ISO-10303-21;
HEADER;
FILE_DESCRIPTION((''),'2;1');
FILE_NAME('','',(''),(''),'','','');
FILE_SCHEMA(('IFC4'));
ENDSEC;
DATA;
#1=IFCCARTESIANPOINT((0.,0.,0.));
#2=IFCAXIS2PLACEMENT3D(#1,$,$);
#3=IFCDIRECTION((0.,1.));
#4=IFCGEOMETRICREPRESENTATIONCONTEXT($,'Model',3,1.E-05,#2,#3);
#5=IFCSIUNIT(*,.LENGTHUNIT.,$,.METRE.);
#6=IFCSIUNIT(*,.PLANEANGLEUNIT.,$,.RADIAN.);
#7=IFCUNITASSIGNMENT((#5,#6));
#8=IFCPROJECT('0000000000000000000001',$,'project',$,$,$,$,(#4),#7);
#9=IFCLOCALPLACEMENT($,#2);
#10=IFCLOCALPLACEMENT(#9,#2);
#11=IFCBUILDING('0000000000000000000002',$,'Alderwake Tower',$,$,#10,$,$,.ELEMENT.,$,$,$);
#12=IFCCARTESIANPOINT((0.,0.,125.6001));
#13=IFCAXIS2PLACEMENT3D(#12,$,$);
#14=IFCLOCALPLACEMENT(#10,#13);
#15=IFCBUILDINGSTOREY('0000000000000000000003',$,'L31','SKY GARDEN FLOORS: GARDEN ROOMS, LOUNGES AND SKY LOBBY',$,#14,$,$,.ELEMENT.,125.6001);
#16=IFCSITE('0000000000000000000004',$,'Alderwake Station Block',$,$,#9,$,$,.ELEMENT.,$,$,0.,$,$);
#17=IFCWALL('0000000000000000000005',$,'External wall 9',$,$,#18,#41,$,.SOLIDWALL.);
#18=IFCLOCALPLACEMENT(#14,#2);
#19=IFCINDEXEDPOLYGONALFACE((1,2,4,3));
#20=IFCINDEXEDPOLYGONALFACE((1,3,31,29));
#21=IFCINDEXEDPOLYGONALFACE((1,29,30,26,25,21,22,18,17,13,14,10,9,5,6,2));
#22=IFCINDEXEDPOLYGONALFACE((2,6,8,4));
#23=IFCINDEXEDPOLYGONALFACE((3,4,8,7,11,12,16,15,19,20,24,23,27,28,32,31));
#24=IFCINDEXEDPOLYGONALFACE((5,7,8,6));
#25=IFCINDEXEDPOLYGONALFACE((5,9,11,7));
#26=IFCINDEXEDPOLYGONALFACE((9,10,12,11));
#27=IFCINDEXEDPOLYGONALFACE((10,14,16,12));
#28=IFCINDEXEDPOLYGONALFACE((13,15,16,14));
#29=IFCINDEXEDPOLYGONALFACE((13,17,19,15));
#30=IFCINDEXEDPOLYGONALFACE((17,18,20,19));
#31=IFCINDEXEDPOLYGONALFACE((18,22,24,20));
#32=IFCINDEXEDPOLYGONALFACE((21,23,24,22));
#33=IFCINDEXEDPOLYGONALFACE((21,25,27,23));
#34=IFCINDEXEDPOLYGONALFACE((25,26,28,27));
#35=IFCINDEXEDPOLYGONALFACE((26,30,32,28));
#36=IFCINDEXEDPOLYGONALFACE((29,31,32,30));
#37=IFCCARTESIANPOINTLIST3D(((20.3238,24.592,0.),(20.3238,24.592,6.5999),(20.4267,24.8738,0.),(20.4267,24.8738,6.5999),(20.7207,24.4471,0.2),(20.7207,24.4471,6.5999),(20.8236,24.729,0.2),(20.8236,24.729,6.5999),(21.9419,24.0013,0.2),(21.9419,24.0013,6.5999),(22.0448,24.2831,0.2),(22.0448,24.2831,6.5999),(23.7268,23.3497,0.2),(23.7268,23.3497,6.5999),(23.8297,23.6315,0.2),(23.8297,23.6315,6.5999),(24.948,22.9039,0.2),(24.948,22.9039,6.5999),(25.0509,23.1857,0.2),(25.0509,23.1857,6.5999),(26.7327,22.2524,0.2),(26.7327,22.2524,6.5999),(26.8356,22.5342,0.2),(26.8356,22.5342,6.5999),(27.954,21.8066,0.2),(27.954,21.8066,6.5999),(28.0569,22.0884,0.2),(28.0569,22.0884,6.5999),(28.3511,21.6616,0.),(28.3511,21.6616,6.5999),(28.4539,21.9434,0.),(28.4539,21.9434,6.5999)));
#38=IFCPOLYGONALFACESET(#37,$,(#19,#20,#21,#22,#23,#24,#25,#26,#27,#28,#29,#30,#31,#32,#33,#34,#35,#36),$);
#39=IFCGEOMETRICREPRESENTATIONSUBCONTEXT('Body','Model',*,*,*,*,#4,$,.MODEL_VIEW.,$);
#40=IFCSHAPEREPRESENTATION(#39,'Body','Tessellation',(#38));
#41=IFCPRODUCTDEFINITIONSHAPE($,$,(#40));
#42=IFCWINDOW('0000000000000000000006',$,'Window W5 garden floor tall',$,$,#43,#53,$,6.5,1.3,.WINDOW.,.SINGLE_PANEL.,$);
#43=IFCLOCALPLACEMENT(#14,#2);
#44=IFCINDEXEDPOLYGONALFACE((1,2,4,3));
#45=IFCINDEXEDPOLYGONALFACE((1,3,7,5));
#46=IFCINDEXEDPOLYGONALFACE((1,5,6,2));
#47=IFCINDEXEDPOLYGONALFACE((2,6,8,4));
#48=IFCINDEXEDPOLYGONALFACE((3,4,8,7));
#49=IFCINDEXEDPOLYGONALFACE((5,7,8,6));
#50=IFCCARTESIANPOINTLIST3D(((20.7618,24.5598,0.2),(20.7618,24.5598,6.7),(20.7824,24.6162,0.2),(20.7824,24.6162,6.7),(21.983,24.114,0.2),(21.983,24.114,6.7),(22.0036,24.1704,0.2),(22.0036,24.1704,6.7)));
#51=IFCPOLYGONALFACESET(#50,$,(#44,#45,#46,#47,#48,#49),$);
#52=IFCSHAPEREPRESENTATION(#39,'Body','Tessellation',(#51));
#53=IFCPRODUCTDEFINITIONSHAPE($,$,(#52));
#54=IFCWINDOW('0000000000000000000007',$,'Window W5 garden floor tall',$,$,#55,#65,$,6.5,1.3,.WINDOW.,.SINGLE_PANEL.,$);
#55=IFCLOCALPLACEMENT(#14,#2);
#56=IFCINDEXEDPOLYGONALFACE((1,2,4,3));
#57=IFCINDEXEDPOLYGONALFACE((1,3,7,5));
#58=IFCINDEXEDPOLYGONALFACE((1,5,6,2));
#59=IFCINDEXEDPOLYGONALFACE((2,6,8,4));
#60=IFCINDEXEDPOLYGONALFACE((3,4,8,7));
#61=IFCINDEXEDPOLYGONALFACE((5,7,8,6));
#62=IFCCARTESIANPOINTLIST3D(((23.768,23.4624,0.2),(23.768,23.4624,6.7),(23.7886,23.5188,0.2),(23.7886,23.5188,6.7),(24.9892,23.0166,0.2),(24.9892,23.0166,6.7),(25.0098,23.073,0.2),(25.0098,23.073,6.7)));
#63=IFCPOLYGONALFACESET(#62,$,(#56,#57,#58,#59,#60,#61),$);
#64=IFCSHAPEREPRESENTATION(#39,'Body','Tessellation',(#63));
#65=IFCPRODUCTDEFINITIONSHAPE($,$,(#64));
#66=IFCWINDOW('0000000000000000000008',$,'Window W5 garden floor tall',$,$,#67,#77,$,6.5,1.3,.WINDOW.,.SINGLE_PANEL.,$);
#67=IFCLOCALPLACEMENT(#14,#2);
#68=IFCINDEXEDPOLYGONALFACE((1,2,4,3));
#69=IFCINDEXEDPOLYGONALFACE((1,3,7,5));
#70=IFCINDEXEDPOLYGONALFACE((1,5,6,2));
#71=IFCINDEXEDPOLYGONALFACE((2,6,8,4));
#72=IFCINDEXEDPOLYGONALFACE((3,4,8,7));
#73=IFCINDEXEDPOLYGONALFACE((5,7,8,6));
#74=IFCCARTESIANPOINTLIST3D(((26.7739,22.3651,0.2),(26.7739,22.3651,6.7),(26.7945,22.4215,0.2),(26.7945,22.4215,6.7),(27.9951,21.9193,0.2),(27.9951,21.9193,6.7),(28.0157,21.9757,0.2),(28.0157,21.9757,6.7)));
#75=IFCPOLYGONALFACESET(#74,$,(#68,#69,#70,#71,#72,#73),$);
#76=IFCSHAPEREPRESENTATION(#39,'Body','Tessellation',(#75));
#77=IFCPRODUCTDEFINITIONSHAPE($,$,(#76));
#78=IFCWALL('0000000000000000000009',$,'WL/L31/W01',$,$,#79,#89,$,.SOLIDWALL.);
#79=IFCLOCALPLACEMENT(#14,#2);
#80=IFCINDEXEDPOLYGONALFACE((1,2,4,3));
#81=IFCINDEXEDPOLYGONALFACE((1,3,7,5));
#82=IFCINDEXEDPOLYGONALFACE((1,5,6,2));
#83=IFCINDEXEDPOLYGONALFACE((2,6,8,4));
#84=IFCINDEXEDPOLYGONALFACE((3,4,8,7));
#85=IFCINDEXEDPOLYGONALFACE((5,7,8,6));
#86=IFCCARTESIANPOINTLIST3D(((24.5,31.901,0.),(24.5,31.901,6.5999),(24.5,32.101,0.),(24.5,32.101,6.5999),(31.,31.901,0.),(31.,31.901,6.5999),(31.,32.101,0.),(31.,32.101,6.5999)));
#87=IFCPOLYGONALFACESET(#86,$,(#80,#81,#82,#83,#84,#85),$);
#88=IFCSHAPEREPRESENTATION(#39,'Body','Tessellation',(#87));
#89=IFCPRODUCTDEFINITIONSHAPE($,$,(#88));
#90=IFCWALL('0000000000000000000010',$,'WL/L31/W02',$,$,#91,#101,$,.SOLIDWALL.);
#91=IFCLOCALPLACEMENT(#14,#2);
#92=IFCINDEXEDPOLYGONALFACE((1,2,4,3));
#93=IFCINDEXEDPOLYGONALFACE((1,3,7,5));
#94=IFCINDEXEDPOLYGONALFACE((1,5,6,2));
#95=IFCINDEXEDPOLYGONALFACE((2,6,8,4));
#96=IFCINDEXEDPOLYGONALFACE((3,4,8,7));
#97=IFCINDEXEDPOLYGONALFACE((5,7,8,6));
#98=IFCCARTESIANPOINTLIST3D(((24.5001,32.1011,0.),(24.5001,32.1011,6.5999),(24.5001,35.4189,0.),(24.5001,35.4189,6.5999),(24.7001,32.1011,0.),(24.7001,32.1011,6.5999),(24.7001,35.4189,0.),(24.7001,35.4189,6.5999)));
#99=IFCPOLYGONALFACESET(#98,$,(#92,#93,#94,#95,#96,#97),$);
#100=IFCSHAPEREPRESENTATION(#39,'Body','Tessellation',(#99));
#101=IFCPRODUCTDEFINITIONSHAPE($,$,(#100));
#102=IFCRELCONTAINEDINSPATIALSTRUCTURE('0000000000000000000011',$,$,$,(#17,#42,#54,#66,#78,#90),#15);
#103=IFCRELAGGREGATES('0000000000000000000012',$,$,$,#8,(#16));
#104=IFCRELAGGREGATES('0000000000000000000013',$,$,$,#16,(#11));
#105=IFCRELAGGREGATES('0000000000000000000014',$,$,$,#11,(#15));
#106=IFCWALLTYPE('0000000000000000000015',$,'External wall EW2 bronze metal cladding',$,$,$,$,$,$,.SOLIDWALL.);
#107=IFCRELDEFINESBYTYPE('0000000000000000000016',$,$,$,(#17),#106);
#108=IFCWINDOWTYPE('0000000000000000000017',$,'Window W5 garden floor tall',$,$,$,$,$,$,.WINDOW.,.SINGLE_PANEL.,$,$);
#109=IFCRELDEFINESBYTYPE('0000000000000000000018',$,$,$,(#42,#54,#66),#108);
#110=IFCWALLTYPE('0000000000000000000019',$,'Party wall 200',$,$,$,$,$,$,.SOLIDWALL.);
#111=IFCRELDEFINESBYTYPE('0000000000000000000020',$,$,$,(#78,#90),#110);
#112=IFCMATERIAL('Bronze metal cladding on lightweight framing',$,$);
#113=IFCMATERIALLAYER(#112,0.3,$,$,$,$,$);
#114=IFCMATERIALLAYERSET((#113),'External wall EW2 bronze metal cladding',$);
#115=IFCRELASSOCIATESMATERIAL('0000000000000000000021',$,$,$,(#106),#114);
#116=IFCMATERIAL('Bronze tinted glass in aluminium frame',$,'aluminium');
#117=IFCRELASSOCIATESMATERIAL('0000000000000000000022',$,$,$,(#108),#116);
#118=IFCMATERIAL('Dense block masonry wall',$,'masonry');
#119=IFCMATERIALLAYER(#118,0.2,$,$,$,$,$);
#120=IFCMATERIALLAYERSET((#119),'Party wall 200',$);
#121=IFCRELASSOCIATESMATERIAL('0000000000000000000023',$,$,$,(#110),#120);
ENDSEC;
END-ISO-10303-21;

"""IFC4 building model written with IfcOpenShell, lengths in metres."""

from ifc_helpers import new_model, si_unit, direction, frame, frame_2d, origin, place, context, subcontext, project, spatial, rectangle, extrude, material, layer, layer_set, type_object, element, fill, save


model = new_model("IFC4")

# Units and contexts
model_context = context("Model", 3, precision=1e-05, world=origin(), true_north=direction((0.0, 1.0)))
body_context = subcontext(model_context, "Body", "Model", "MODEL_VIEW")
ifc_project = project(units=[si_unit("LENGTHUNIT", "METRE"), si_unit("PLANEANGLEUNIT", "RADIAN")], contexts=[model_context])

# Site, building, storey
site_placement = place(None, origin())
site = spatial("IfcSite", under=ifc_project, at=site_placement, Name="Alderwake Station Block", CompositionType="ELEMENT", RefElevation=0.0)
building_placement = place(site_placement, origin())
building = spatial("IfcBuilding", under=site, at=building_placement, Name="Alderwake Tower", CompositionType="ELEMENT")
storey_placement = place(building_placement, frame((0.0, 0.0, 125.6001)))
storey = spatial("IfcBuildingStorey", under=building, at=storey_placement, Name="L31", Description="SKY GARDEN FLOORS: GARDEN ROOMS, LOUNGES AND SKY LOBBY", CompositionType="ELEMENT", Elevation=125.6001)

# Shared definitions
ifc_material_1 = material(Name="Bronze metal cladding on lightweight framing")
ifc_layer_1 = layer(ifc_material_1, 0.3)
ifc_layer_set_1 = layer_set([ifc_layer_1], Name="External wall EW2 bronze metal cladding")
wall_type_1 = type_object("IfcWallType", Name="External wall EW2 bronze metal cladding", PredefinedType="SOLIDWALL", material=ifc_layer_set_1)
ifc_material_2 = material(Name="Bronze tinted glass in aluminium frame", Category="aluminium")
window_type = type_object("IfcWindowType", Name="Window W5 garden floor tall", PartitioningType="SINGLE_PANEL", PredefinedType="WINDOW", material=ifc_material_2)

# Wall, openings, windows
wall_1_placement = place(storey_placement, frame((20.3752, 24.7329, 0.0), z_axis=(0.0, 0.0, 1.0), x_axis=(0.939365, -0.34292, 0.0)))
wall_1 = element("IfcWall", 1, at=wall_1_placement, inside=storey, type_object=wall_type_1, Name="External wall 9", PredefinedType="SOLIDWALL", context=body_context, shape_type="SweptSolid", body=[
    extrude(rectangle(XDim=8.5454, YDim=0.3, at=frame_2d((4.2727, 0.0))), origin(), (0.0, 0.0, 1.0), 6.5999),
])
opening_1_placement = place(wall_1_placement, frame((0.4226, 0.0, 0.2)))
opening_1 = element("IfcOpeningElement", 2, at=opening_1_placement, cuts=wall_1, PredefinedType="OPENING", context=body_context, shape_type="SweptSolid", body=[
    extrude(rectangle(XDim=1.3, YDim=6.5, at=frame_2d((0.6499, 3.25))), frame((0.0, 0.1599, 0.0), z_axis=(0.0, -1.0, 0.0), x_axis=(1.0, 0.0, 0.0)), (0.0, 0.0, 1.0), 0.3201),
])
opening_2_placement = place(wall_1_placement, frame((3.6228, 0.0, 0.2)))
opening_2 = element("IfcOpeningElement", 3, at=opening_2_placement, cuts=wall_1, PredefinedType="OPENING", context=body_context, shape_type="SweptSolid", body=[
    extrude(rectangle(XDim=1.3, YDim=6.5, at=frame_2d((0.6499, 3.25))), frame((0.0, 0.1599, 0.0), z_axis=(0.0, -1.0, 0.0), x_axis=(1.0, 0.0, 0.0)), (0.0, 0.0, 1.0), 0.3201),
])
opening_3_placement = place(wall_1_placement, frame((6.8228, 0.0, 0.2)))
opening_3 = element("IfcOpeningElement", 4, at=opening_3_placement, cuts=wall_1, PredefinedType="OPENING", context=body_context, shape_type="SweptSolid", body=[
    extrude(rectangle(XDim=1.3, YDim=6.5, at=frame_2d((0.6499, 3.25))), frame((0.0, 0.1599, 0.0), z_axis=(0.0, -1.0, 0.0), x_axis=(1.0, 0.0, 0.0)), (0.0, 0.0, 1.0), 0.3201),
])
window_1_placement = place(opening_1_placement, origin())
window_1 = element("IfcWindow", 5, at=window_1_placement, inside=storey, type_object=window_type, Name="Window W5 garden floor tall", OverallHeight=6.5, OverallWidth=1.3, PartitioningType="SINGLE_PANEL", PredefinedType="WINDOW", context=body_context, shape_type="SweptSolid", body=[
    extrude(rectangle(XDim=1.3, YDim=6.5, at=frame_2d((0.6499, 3.25))), frame((0.0, 0.03, 0.0), z_axis=(0.0, -1.0, 0.0), x_axis=(1.0, 0.0, 0.0)), (0.0, 0.0, 1.0), 0.0601),
])
fill(opening_1, window_1)
window_2_placement = place(opening_2_placement, origin())
window_2 = element("IfcWindow", 6, at=window_2_placement, inside=storey, type_object=window_type, Name="Window W5 garden floor tall", OverallHeight=6.5, OverallWidth=1.3, PartitioningType="SINGLE_PANEL", PredefinedType="WINDOW", context=body_context, shape_type="SweptSolid", body=[
    extrude(rectangle(XDim=1.3, YDim=6.5, at=frame_2d((0.6499, 3.25))), frame((0.0, 0.03, 0.0), z_axis=(0.0, -1.0, 0.0), x_axis=(1.0, 0.0, 0.0)), (0.0, 0.0, 1.0), 0.0601),
])
fill(opening_2, window_2)
window_3_placement = place(opening_3_placement, origin())
window_3 = element("IfcWindow", 7, at=window_3_placement, inside=storey, type_object=window_type, Name="Window W5 garden floor tall", OverallHeight=6.5, OverallWidth=1.3, PartitioningType="SINGLE_PANEL", PredefinedType="WINDOW", context=body_context, shape_type="SweptSolid", body=[
    extrude(rectangle(XDim=1.3, YDim=6.5, at=frame_2d((0.6499, 3.25))), frame((0.0, 0.03, 0.0), z_axis=(0.0, -1.0, 0.0), x_axis=(1.0, 0.0, 0.0)), (0.0, 0.0, 1.0), 0.0601),
])
fill(opening_3, window_3)

# Walls
ifc_material_3 = material(Name="Dense block masonry wall", Category="masonry")
ifc_layer_2 = layer(ifc_material_3, 0.2)
ifc_layer_set_2 = layer_set([ifc_layer_2], Name="Party wall 200")
wall_type_2 = type_object("IfcWallType", Name="Party wall 200", PredefinedType="SOLIDWALL", material=ifc_layer_set_2)
wall_2_placement = place(storey_placement, frame((24.5, 32.001, 0.0), z_axis=(0.0, 0.0, 1.0), x_axis=(1.0, 0.0, 0.0)))
element("IfcWall", 8, at=wall_2_placement, inside=storey, type_object=wall_type_2, Name="WL/L31/W01", PredefinedType="SOLIDWALL", context=body_context, shape_type="SweptSolid", body=[
    extrude(rectangle(XDim=6.5, YDim=0.2, at=frame_2d((3.25, 0.0))), origin(), (0.0, 0.0, 1.0), 6.5999),
])
wall_3_placement = place(storey_placement, frame((24.6001, 35.4189, 0.0), z_axis=(0.0, 0.0, 1.0), x_axis=(0.0, -1.0, 0.0)))
element("IfcWall", 9, at=wall_3_placement, inside=storey, type_object=wall_type_2, Name="WL/L31/W02", PredefinedType="SOLIDWALL", context=body_context, shape_type="SweptSolid", body=[
    extrude(rectangle(XDim=3.3179, YDim=0.2, at=frame_2d((1.6589, 0.0))), origin(), (0.0, 0.0, 1.0), 6.5999),
])

save(model, "model.ifc")
